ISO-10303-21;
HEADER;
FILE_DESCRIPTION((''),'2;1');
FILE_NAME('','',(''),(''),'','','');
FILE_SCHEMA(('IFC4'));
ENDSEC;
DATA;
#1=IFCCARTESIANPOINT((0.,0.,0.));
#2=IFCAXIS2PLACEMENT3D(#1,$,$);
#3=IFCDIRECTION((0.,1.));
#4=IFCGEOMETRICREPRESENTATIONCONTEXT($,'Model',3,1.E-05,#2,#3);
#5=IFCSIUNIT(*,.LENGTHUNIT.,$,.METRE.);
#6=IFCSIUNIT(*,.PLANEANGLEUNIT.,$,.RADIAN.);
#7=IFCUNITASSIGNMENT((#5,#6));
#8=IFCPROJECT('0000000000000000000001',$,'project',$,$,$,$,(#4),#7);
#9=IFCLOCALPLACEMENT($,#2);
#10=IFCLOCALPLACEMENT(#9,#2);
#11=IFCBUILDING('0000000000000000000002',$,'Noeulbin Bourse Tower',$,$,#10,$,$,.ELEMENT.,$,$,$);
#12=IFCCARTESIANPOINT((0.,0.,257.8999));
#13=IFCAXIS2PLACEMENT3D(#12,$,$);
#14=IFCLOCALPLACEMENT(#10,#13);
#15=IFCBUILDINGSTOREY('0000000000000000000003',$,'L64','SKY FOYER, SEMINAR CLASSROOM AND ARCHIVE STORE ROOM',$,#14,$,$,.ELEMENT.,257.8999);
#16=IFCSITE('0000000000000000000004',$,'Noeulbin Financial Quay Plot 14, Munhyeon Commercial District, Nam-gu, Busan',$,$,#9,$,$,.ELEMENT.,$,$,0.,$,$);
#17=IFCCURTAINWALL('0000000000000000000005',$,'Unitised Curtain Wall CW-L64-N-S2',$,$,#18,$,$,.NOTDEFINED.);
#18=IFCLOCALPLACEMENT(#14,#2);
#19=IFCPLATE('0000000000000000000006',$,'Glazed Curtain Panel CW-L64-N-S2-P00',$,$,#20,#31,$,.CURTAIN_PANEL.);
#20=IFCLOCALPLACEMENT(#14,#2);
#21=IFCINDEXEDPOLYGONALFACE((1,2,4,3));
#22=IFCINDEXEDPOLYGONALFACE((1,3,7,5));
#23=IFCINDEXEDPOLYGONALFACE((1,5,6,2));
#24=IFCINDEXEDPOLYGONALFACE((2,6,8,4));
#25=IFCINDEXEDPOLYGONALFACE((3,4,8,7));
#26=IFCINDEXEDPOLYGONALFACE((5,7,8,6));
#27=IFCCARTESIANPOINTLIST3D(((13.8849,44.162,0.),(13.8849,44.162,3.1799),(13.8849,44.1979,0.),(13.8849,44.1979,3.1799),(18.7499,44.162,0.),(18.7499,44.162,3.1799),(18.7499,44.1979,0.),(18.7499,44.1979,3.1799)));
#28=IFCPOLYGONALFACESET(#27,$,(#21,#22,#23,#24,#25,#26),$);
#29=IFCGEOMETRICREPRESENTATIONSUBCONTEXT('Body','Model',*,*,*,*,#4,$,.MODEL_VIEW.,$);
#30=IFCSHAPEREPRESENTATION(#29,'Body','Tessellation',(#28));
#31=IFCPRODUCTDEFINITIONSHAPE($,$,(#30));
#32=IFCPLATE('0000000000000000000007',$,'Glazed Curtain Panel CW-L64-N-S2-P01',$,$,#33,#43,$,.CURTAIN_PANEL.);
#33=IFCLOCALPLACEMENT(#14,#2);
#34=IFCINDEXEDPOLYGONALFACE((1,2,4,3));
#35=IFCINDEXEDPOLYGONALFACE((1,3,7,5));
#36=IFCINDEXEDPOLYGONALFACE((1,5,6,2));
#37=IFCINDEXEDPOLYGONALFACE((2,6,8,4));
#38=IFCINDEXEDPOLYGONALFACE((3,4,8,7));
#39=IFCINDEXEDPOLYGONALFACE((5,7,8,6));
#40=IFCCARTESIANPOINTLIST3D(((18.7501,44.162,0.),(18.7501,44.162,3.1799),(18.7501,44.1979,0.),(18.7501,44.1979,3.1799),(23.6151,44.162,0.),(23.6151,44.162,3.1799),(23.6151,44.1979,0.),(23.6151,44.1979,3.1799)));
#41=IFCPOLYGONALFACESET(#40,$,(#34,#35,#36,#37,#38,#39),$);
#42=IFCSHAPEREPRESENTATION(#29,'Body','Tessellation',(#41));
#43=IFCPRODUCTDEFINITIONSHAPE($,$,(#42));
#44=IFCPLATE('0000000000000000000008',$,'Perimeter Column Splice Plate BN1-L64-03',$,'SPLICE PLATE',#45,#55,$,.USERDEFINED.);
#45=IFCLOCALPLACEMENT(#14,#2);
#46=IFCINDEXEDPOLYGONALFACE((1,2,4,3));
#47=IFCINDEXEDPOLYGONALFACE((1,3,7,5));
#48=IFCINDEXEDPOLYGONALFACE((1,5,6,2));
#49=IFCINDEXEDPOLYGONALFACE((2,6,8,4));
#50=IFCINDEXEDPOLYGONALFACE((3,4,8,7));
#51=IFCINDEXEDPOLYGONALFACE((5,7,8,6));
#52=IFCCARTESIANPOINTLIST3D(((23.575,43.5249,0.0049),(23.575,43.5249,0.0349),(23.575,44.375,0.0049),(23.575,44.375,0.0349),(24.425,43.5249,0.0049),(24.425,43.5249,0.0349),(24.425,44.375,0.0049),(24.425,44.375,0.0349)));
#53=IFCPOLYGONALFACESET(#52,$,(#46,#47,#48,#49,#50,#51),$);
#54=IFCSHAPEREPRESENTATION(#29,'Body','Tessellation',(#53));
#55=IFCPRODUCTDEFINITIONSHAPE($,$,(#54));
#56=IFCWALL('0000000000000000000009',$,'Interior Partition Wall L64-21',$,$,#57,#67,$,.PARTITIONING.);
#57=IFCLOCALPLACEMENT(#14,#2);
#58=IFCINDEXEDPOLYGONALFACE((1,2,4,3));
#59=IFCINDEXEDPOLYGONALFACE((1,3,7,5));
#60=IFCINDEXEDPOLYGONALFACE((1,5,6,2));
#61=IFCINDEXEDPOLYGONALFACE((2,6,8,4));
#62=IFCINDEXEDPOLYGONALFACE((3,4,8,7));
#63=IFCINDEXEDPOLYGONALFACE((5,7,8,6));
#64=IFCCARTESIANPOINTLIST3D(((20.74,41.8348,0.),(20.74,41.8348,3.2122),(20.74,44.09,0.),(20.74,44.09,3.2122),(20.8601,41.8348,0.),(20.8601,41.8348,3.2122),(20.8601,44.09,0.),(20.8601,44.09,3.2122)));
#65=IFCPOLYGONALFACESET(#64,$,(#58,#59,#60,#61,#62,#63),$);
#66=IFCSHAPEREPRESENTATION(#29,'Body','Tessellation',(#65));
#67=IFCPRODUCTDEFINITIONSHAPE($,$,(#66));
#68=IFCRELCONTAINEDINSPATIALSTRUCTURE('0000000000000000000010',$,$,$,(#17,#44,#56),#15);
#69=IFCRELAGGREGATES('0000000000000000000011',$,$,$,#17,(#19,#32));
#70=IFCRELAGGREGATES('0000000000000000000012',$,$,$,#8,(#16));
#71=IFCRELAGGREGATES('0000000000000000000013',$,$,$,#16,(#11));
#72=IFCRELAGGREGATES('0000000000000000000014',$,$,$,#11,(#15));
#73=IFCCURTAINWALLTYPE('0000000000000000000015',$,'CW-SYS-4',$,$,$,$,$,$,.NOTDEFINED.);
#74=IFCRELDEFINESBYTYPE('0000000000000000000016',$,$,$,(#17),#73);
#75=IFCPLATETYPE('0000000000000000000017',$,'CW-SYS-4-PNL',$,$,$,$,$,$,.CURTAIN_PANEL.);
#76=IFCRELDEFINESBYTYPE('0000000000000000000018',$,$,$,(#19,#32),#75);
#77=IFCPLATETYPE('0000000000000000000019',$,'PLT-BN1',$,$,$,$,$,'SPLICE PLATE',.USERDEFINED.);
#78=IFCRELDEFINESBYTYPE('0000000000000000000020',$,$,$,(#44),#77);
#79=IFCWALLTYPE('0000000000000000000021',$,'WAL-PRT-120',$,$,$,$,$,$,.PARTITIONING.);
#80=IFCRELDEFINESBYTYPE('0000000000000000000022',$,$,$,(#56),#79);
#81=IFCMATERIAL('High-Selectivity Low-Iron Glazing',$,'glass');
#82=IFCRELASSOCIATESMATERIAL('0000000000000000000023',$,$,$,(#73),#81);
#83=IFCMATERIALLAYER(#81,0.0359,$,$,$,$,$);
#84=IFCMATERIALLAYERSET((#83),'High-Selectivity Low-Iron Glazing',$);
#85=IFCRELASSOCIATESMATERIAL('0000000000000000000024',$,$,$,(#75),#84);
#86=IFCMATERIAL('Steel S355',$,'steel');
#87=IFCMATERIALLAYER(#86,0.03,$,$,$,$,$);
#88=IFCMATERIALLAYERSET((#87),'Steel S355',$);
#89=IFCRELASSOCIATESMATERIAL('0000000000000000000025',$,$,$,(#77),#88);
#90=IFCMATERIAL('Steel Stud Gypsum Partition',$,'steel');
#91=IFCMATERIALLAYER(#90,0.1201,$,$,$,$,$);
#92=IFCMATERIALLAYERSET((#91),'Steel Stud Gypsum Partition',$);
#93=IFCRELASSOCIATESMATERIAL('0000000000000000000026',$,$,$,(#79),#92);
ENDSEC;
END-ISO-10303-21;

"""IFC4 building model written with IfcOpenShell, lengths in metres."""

from ifc_helpers import new_model, si_unit, direction, frame, frame_2d, origin, origin_2d, place, context, subcontext, project, spatial, rectangle, extrude, material, layer, layer_set, type_object, element, aggregate, save


model = new_model("IFC4")

# Units and contexts
model_context = context("Model", 3, precision=1e-05, world=origin(), true_north=direction((0.0, 1.0)))
body_context = subcontext(model_context, "Body", "Model", "MODEL_VIEW")
ifc_project = project(units=[si_unit("LENGTHUNIT", "METRE"), si_unit("PLANEANGLEUNIT", "RADIAN")], contexts=[model_context])

# Site, building, storey
site_placement = place(None, origin())
site = spatial("IfcSite", under=ifc_project, at=site_placement, Name="Noeulbin Financial Quay Plot 14, Munhyeon Commercial District, Nam-gu, Busan", CompositionType="ELEMENT", RefElevation=0.0)
building_placement = place(site_placement, origin())
building = spatial("IfcBuilding", under=site, at=building_placement, Name="Noeulbin Bourse Tower", CompositionType="ELEMENT")
storey_placement = place(building_placement, frame((0.0, 0.0, 257.8999)))
storey = spatial("IfcBuildingStorey", under=building, at=storey_placement, Name="L64", Description="SKY FOYER, SEMINAR CLASSROOM AND ARCHIVE STORE ROOM", CompositionType="ELEMENT", Elevation=257.8999)

# Shared definitions
ifc_material_1 = material(Name="Steel S355", Category="steel")

# Curtain wall, plates
ifc_material_2 = material(Name="High-Selectivity Low-Iron Glazing", Category="glass")
curtain_wall_type = type_object("IfcCurtainWallType", Name="CW-SYS-4", PredefinedType="NOTDEFINED", material=ifc_material_2)
curtain_wall_placement = place(storey_placement, origin())
curtain_wall = element("IfcCurtainWall", 1, at=curtain_wall_placement, inside=storey, type_object=curtain_wall_type, Name="Unitised Curtain Wall CW-L64-N-S2", PredefinedType="NOTDEFINED")
ifc_layer_1 = layer(ifc_material_2, 0.0359)
ifc_layer_set_1 = layer_set([ifc_layer_1], Name="High-Selectivity Low-Iron Glazing")
plate_type_1 = type_object("IfcPlateType", Name="CW-SYS-4-PNL", PredefinedType="CURTAIN_PANEL", material=ifc_layer_set_1)
plate_1_placement = place(storey_placement, frame((16.3174, 44.1799, 0.0), z_axis=(0.0, 0.0, 1.0), x_axis=(1.0, 0.0, 0.0)))
plate_1 = element("IfcPlate", 2, at=plate_1_placement, type_object=plate_type_1, Name="Glazed Curtain Panel CW-L64-N-S2-P00", PredefinedType="CURTAIN_PANEL", context=body_context, shape_type="SweptSolid", body=[
    extrude(rectangle(XDim=4.865, YDim=0.0359, at=origin_2d()), origin(), (0.0, 0.0, 1.0), 3.1799),
])
plate_2_placement = place(storey_placement, frame((21.1826, 44.1799, 0.0), z_axis=(0.0, 0.0, 1.0), x_axis=(1.0, 0.0, 0.0)))
plate_2 = element("IfcPlate", 3, at=plate_2_placement, type_object=plate_type_1, Name="Glazed Curtain Panel CW-L64-N-S2-P01", PredefinedType="CURTAIN_PANEL", context=body_context, shape_type="SweptSolid", body=[
    extrude(rectangle(XDim=4.865, YDim=0.0359, at=origin_2d()), origin(), (0.0, 0.0, 1.0), 3.1799),
])
aggregate(curtain_wall, [plate_1, plate_2])

# Plate
ifc_layer_2 = layer(ifc_material_1, 0.03)
ifc_layer_set_2 = layer_set([ifc_layer_2], Name="Steel S355")
plate_type_2 = type_object("IfcPlateType", Name="PLT-BN1", ElementType="SPLICE PLATE", PredefinedType="USERDEFINED", material=ifc_layer_set_2)
plate_3_placement = place(storey_placement, frame((24.0, 43.95, 0.0049), z_axis=(0.0, 0.0, 1.0), x_axis=(1.0, 0.0, 0.0)))
element("IfcPlate", 4, at=plate_3_placement, inside=storey, type_object=plate_type_2, Name="Perimeter Column Splice Plate BN1-L64-03", ObjectType="SPLICE PLATE", PredefinedType="USERDEFINED", context=body_context, shape_type="SweptSolid", body=[
    extrude(rectangle(XDim=0.8501, YDim=0.8501, at=origin_2d()), origin(), (0.0, 0.0, 1.0), 0.03),
])

# Wall
ifc_material_3 = material(Name="Steel Stud Gypsum Partition", Category="steel")
ifc_layer_3 = layer(ifc_material_3, 0.1201)
ifc_layer_set_3 = layer_set([ifc_layer_3], Name="Steel Stud Gypsum Partition")
wall_type = type_object("IfcWallType", Name="WAL-PRT-120", PredefinedType="PARTITIONING", material=ifc_layer_set_3)
wall_placement = place(storey_placement, frame((20.8, 41.835, 0.0), z_axis=(0.0, 0.0, 1.0), x_axis=(0.0, 1.0, 0.0)))
element("IfcWall", 5, at=wall_placement, inside=storey, type_object=wall_type, Name="Interior Partition Wall L64-21", PredefinedType="PARTITIONING", context=body_context, shape_type="SweptSolid", body=[
    extrude(rectangle(XDim=2.2551, YDim=0.1201, at=frame_2d((1.1274, 0.0))), origin(), (0.0, 0.0, 1.0), 3.2122),
])

save(model, "model.ifc")
